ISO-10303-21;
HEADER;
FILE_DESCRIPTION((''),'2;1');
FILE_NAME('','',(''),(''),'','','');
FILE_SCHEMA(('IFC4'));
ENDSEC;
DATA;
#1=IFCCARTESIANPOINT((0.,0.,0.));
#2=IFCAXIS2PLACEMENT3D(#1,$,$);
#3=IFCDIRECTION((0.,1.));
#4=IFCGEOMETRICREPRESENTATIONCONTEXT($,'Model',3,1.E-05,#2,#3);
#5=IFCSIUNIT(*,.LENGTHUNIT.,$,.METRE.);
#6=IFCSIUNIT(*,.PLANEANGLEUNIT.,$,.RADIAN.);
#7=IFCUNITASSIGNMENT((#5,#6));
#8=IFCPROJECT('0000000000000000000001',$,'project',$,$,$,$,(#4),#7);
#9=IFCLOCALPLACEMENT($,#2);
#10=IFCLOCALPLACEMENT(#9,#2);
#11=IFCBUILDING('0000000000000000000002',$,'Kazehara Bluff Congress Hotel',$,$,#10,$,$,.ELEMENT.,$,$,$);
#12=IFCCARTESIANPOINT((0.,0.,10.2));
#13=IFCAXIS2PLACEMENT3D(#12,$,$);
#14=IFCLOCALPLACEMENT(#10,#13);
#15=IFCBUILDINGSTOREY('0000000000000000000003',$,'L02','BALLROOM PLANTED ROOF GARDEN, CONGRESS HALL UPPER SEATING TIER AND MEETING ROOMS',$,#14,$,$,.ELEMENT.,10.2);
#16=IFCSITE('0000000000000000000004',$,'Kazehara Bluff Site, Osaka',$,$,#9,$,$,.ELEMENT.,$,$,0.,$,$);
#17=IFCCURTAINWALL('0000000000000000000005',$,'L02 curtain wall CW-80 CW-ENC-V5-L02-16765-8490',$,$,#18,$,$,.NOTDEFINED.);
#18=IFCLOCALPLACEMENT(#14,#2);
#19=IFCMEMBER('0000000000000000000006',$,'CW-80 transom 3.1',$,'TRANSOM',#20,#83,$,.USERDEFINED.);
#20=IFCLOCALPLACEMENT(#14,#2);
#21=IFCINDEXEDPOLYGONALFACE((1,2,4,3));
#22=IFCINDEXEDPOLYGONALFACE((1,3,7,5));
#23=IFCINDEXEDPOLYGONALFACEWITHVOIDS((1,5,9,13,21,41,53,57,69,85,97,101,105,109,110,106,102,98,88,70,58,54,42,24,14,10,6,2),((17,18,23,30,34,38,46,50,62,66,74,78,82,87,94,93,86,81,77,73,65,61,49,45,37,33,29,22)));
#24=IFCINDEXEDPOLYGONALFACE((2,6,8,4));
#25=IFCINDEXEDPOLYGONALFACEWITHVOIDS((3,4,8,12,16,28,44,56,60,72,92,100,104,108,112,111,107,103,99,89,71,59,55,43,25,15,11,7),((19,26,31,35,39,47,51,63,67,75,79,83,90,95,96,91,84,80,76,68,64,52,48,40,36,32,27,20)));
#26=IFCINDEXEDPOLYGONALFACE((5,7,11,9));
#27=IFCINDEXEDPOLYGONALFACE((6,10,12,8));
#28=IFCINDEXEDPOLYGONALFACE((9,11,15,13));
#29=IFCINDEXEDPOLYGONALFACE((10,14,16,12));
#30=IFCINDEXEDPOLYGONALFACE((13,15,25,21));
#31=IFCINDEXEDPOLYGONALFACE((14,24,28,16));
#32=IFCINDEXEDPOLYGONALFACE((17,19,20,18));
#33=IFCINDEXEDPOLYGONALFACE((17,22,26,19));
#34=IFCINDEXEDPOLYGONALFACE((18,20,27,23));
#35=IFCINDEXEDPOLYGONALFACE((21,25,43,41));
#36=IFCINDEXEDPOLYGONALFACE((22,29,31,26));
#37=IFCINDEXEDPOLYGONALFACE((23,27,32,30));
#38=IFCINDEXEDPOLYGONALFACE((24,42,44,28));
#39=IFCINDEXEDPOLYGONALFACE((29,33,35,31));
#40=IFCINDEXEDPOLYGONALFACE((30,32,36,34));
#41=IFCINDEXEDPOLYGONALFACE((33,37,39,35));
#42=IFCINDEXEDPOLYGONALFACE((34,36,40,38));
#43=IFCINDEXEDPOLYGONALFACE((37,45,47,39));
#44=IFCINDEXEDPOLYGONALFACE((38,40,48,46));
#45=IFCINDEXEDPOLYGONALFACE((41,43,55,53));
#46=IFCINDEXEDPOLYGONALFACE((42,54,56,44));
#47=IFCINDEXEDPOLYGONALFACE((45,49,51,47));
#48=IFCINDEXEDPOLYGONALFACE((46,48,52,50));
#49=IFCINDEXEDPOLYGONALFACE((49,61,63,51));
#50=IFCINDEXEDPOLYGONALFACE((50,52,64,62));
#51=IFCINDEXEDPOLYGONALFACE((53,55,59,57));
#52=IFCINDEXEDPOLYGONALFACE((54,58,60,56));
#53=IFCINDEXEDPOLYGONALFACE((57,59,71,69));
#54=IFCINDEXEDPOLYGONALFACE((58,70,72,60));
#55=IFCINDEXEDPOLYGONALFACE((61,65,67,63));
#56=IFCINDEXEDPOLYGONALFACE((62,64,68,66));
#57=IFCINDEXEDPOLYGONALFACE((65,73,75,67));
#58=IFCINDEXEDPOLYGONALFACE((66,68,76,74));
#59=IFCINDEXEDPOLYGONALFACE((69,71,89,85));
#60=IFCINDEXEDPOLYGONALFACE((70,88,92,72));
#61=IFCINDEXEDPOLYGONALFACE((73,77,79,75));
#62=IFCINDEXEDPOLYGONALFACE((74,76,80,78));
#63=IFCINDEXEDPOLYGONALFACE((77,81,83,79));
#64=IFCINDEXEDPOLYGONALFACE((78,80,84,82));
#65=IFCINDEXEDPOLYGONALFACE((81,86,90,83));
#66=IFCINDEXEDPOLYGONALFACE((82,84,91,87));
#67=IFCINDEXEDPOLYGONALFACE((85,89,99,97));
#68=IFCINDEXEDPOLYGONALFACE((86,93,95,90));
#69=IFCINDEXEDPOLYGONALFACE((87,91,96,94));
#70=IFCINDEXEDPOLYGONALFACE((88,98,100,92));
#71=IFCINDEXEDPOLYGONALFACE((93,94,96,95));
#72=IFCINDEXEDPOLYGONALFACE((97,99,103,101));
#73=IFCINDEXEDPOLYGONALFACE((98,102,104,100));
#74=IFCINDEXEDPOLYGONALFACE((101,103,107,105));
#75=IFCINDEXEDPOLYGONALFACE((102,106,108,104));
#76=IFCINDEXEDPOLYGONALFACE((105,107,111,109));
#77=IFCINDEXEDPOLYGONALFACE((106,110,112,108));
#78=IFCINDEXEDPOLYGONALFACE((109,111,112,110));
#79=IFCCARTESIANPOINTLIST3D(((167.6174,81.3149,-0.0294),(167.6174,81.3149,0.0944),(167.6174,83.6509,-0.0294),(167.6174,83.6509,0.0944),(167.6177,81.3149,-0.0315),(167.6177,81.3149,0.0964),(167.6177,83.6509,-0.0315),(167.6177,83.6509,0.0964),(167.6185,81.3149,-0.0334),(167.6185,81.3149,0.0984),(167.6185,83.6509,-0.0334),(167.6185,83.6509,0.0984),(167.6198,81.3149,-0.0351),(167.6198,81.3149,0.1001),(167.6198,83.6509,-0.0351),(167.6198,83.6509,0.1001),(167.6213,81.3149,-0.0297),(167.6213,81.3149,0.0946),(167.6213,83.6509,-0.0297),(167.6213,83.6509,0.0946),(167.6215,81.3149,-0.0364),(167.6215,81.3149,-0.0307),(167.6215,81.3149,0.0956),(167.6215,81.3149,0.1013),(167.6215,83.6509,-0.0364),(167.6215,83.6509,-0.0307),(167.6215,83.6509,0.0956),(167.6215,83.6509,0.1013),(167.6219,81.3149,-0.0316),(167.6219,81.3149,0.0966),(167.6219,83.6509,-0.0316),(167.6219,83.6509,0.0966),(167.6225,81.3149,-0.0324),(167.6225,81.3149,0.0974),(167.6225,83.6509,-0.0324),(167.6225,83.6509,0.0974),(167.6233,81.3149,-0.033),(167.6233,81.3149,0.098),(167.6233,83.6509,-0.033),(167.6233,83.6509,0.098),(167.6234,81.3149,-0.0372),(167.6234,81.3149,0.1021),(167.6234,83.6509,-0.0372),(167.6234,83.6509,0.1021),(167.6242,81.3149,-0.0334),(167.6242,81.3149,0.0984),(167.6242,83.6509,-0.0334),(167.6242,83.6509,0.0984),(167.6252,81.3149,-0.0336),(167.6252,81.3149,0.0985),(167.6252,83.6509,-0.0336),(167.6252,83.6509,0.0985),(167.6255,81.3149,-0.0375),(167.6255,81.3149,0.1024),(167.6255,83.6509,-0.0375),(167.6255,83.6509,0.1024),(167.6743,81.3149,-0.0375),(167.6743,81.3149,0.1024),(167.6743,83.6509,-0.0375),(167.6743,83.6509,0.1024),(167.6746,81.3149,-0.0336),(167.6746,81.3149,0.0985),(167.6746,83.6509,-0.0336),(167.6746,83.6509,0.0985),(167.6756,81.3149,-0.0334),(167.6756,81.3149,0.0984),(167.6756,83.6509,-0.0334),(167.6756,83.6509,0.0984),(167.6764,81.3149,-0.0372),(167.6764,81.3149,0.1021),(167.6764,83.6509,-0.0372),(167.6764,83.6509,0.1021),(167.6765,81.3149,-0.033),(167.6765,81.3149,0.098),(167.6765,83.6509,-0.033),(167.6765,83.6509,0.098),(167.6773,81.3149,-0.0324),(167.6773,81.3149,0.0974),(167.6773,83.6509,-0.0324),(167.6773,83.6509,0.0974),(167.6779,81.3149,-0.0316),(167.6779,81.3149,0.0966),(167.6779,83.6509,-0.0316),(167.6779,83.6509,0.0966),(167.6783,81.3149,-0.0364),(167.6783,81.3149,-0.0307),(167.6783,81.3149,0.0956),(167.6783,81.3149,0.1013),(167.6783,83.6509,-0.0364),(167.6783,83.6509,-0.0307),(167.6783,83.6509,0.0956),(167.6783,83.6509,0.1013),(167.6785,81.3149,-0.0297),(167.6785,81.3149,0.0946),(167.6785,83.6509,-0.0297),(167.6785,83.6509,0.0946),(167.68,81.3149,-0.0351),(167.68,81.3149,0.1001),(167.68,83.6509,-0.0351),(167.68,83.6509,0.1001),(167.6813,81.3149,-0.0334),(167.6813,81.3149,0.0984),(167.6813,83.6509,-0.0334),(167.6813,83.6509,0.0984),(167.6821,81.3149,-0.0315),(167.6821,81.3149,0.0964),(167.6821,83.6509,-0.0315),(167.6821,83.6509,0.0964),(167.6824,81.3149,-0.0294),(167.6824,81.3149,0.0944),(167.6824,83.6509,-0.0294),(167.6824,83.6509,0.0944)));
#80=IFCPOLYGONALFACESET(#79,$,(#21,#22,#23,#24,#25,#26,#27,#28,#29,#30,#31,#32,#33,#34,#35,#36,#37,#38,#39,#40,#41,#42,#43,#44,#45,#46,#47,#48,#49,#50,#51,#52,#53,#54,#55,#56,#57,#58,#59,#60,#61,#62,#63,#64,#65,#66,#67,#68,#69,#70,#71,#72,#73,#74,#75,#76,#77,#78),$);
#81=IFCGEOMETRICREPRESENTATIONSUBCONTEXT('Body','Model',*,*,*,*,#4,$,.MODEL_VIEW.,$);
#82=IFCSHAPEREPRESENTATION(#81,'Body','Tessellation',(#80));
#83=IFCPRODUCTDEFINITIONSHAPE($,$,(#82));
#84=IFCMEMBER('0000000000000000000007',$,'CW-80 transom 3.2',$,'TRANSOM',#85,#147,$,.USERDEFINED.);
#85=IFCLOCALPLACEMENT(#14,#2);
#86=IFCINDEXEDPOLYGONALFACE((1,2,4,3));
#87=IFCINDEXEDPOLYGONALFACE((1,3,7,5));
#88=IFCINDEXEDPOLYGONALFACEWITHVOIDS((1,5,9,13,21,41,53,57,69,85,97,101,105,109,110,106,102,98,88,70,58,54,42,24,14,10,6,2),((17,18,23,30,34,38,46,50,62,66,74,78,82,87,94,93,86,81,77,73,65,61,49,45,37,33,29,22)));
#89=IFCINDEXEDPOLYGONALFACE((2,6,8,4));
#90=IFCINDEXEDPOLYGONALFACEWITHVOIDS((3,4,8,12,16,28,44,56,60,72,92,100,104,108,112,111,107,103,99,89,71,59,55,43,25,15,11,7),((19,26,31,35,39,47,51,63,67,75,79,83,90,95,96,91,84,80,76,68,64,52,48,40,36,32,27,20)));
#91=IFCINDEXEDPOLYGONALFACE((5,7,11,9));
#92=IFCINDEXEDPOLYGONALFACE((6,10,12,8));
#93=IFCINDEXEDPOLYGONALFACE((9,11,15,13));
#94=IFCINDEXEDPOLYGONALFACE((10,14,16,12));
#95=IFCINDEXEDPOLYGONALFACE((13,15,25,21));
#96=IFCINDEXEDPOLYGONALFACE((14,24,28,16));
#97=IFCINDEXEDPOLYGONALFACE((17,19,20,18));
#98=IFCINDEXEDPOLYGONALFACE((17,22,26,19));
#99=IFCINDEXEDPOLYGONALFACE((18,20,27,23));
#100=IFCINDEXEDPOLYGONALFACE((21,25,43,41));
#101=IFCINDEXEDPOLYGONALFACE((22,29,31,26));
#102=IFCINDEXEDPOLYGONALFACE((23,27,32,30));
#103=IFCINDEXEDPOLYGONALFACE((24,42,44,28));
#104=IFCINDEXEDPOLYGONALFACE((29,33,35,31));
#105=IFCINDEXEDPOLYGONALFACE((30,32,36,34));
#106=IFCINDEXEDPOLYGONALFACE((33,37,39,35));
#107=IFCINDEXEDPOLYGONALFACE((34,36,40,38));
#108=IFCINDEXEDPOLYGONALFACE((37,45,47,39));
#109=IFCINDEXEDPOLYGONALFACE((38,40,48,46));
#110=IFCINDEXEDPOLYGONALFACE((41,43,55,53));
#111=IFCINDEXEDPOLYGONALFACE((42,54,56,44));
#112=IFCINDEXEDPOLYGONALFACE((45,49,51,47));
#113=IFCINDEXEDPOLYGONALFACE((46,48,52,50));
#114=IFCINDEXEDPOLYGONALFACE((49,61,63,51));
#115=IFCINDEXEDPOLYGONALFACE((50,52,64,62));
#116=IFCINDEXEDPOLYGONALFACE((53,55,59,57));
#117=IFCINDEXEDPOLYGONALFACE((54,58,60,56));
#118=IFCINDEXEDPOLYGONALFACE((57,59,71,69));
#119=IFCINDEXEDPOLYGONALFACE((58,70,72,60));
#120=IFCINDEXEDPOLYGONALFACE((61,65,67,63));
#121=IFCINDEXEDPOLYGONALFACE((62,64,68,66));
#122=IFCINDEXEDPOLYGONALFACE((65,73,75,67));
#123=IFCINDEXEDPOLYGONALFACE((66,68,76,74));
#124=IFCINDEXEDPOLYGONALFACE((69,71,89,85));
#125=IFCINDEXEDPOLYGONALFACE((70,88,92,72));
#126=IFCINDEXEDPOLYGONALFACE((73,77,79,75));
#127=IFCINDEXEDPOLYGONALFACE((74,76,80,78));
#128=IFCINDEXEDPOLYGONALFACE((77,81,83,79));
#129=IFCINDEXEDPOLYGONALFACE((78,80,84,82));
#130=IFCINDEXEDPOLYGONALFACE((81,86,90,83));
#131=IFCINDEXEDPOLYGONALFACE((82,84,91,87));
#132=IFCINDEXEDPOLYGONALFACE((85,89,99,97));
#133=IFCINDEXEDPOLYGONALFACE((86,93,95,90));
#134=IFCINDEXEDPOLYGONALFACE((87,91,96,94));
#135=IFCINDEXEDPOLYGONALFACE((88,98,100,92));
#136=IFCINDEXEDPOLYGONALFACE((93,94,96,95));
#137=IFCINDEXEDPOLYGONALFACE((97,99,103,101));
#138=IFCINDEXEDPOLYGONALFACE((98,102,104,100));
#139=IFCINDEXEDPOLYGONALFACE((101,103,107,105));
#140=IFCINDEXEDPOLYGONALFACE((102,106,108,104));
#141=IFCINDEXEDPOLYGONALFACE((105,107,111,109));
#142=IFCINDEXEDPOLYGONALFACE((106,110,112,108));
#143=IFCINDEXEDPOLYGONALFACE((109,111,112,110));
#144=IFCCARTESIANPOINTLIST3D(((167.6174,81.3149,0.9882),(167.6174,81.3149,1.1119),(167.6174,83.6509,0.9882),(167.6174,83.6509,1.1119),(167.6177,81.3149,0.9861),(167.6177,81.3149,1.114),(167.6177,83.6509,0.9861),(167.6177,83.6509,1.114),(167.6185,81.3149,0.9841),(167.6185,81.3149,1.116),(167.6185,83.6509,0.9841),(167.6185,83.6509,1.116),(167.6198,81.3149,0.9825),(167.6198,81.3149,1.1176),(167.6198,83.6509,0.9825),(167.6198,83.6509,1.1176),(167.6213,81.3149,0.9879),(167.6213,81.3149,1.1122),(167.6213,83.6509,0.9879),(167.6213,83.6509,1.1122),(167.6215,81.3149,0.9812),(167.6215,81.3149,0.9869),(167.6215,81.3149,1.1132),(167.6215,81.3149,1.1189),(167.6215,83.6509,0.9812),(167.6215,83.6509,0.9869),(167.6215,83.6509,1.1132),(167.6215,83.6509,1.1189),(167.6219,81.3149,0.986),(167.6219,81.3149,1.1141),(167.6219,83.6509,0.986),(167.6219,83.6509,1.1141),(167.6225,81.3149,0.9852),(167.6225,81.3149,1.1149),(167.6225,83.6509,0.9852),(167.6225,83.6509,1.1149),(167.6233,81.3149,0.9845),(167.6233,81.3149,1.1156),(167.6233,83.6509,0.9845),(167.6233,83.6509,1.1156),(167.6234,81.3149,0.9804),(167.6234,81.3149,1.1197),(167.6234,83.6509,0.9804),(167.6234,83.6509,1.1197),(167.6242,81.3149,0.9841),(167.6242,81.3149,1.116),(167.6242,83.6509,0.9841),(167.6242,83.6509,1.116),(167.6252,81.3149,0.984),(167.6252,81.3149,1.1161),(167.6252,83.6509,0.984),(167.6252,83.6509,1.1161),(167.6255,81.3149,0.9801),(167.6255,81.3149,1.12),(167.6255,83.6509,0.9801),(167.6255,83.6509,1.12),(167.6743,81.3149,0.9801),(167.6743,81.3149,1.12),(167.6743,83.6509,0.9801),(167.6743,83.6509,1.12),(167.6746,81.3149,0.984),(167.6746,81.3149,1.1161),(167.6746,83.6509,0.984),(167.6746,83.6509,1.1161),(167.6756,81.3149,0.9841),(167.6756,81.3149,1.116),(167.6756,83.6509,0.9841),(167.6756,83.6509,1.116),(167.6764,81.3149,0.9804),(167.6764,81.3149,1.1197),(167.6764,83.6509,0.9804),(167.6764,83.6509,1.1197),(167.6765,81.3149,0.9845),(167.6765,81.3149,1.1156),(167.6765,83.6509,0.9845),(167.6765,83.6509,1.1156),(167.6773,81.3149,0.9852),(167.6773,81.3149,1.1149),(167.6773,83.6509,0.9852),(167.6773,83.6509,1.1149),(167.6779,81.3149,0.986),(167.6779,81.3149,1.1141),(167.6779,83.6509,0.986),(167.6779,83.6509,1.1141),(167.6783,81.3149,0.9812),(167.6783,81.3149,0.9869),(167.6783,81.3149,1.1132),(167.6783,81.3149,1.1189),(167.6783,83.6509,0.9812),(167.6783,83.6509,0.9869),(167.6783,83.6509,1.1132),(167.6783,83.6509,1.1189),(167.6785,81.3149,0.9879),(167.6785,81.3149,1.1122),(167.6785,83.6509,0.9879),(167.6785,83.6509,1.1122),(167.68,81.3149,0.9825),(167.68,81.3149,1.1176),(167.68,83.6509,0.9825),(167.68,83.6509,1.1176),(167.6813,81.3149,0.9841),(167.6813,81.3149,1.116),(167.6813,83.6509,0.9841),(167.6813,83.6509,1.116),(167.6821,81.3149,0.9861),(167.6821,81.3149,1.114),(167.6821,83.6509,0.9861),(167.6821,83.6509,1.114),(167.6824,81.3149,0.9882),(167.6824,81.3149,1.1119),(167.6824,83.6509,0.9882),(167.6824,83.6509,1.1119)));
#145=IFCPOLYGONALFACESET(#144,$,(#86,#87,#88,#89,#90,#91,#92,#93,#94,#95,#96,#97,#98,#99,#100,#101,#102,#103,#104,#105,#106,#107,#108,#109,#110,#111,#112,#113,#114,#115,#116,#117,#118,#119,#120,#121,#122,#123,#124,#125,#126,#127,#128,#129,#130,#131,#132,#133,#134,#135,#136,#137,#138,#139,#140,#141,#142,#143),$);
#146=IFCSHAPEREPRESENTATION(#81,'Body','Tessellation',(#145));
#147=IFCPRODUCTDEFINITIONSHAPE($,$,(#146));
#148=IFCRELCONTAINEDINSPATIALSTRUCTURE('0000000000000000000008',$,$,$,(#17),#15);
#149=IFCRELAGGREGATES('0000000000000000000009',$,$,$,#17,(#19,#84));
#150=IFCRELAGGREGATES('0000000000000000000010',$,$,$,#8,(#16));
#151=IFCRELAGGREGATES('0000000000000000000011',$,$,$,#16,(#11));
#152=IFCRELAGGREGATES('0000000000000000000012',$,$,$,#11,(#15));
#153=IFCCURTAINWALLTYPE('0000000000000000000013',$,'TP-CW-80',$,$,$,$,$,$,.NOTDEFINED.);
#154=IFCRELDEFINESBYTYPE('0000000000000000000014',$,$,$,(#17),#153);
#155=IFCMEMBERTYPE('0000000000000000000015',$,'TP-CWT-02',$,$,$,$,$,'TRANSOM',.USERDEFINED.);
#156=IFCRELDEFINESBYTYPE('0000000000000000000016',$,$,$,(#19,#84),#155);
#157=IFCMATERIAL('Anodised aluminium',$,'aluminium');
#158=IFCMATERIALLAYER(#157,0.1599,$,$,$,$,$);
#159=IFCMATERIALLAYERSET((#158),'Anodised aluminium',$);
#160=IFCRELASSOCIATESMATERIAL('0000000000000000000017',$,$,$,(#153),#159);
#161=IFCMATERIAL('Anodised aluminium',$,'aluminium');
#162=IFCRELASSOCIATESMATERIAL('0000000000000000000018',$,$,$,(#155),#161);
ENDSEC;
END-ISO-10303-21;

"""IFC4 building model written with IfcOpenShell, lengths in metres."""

from ifc_helpers import new_model, si_unit, direction, frame, origin, origin_2d, place, context, subcontext, project, spatial, hollow_rectangle, extrude, material, layer, layer_set, material_profile, profile_set, type_object, element, aggregate, save


model = new_model("IFC4")

# Units and contexts
model_context = context("Model", 3, precision=1e-05, world=origin(), true_north=direction((0.0, 1.0)))
body_context = subcontext(model_context, "Body", "Model", "MODEL_VIEW")
ifc_project = project(units=[si_unit("LENGTHUNIT", "METRE"), si_unit("PLANEANGLEUNIT", "RADIAN")], contexts=[model_context])

# Site, building, storey
site_placement = place(None, origin())
site = spatial("IfcSite", under=ifc_project, at=site_placement, Name="Kazehara Bluff Site, Osaka", CompositionType="ELEMENT", RefElevation=0.0)
building_placement = place(site_placement, origin())
building = spatial("IfcBuilding", under=site, at=building_placement, Name="Kazehara Bluff Congress Hotel", CompositionType="ELEMENT")
storey_placement = place(building_placement, frame((0.0, 0.0, 10.2)))
storey = spatial("IfcBuildingStorey", under=building, at=storey_placement, Name="L02", Description="BALLROOM PLANTED ROOF GARDEN, CONGRESS HALL UPPER SEATING TIER AND MEETING ROOMS", CompositionType="ELEMENT", Elevation=10.2)

# Curtain wall, members
ifc_material_1 = material(Name="Anodised aluminium", Category="aluminium")
ifc_layer_1 = layer(ifc_material_1, 0.1599)
ifc_layer_set_1 = layer_set([ifc_layer_1], Name="Anodised aluminium")
curtain_wall_type = type_object("IfcCurtainWallType", Name="TP-CW-80", PredefinedType="NOTDEFINED", material=ifc_layer_set_1)
curtain_wall_placement = place(storey_placement, origin())
curtain_wall = element("IfcCurtainWall", 1, at=curtain_wall_placement, inside=storey, type_object=curtain_wall_type, Name="L02 curtain wall CW-80 CW-ENC-V5-L02-16765-8490", PredefinedType="NOTDEFINED")
ifc_material_2 = material(Name="Anodised aluminium", Category="aluminium")
ifc_material_profile_1 = material_profile(ifc_material_2, hollow_rectangle(XDim=0.0649, YDim=0.1399, WallThickness=0.0039, InnerFilletRadius=0.0039, OuterFilletRadius=0.0081, at=origin_2d()))
ifc_profile_set_1 = profile_set([ifc_material_profile_1], Name="Anodised aluminium")
member_type_1 = type_object("IfcMemberType", Name="TP-CWT-02", ElementType="TRANSOM", PredefinedType="USERDEFINED", material=ifc_profile_set_1)
member_1_placement = place(storey_placement, frame((167.6499, 83.6509, 0.0325), z_axis=(0.0, -1.0, 0.0), x_axis=(1.0, 0.0, 0.0)))
member_1 = element("IfcMember", 2, at=member_1_placement, type_object=member_type_1, Name="CW-80 transom 3.1", ObjectType="TRANSOM", PredefinedType="USERDEFINED", context=body_context, shape_type="SweptSolid", body=[
    extrude(hollow_rectangle(XDim=0.0649, YDim=0.1399, WallThickness=0.0039, InnerFilletRadius=0.0039, OuterFilletRadius=0.0081, at=origin_2d()), origin(), (0.0, 0.0, 1.0), 2.3359),
])
member_2_placement = place(storey_placement, frame((167.6499, 83.6509, 1.05), z_axis=(0.0, -1.0, 0.0), x_axis=(1.0, 0.0, 0.0)))
member_2 = element("IfcMember", 3, at=member_2_placement, type_object=member_type_1, Name="CW-80 transom 3.2", ObjectType="TRANSOM", PredefinedType="USERDEFINED", context=body_context, shape_type="SweptSolid", body=[
    extrude(hollow_rectangle(XDim=0.0649, YDim=0.1399, WallThickness=0.0039, InnerFilletRadius=0.0039, OuterFilletRadius=0.0081, at=origin_2d()), origin(), (0.0, 0.0, 1.0), 2.3359),
])
aggregate(curtain_wall, [member_1, member_2])

save(model, "model.ifc")
